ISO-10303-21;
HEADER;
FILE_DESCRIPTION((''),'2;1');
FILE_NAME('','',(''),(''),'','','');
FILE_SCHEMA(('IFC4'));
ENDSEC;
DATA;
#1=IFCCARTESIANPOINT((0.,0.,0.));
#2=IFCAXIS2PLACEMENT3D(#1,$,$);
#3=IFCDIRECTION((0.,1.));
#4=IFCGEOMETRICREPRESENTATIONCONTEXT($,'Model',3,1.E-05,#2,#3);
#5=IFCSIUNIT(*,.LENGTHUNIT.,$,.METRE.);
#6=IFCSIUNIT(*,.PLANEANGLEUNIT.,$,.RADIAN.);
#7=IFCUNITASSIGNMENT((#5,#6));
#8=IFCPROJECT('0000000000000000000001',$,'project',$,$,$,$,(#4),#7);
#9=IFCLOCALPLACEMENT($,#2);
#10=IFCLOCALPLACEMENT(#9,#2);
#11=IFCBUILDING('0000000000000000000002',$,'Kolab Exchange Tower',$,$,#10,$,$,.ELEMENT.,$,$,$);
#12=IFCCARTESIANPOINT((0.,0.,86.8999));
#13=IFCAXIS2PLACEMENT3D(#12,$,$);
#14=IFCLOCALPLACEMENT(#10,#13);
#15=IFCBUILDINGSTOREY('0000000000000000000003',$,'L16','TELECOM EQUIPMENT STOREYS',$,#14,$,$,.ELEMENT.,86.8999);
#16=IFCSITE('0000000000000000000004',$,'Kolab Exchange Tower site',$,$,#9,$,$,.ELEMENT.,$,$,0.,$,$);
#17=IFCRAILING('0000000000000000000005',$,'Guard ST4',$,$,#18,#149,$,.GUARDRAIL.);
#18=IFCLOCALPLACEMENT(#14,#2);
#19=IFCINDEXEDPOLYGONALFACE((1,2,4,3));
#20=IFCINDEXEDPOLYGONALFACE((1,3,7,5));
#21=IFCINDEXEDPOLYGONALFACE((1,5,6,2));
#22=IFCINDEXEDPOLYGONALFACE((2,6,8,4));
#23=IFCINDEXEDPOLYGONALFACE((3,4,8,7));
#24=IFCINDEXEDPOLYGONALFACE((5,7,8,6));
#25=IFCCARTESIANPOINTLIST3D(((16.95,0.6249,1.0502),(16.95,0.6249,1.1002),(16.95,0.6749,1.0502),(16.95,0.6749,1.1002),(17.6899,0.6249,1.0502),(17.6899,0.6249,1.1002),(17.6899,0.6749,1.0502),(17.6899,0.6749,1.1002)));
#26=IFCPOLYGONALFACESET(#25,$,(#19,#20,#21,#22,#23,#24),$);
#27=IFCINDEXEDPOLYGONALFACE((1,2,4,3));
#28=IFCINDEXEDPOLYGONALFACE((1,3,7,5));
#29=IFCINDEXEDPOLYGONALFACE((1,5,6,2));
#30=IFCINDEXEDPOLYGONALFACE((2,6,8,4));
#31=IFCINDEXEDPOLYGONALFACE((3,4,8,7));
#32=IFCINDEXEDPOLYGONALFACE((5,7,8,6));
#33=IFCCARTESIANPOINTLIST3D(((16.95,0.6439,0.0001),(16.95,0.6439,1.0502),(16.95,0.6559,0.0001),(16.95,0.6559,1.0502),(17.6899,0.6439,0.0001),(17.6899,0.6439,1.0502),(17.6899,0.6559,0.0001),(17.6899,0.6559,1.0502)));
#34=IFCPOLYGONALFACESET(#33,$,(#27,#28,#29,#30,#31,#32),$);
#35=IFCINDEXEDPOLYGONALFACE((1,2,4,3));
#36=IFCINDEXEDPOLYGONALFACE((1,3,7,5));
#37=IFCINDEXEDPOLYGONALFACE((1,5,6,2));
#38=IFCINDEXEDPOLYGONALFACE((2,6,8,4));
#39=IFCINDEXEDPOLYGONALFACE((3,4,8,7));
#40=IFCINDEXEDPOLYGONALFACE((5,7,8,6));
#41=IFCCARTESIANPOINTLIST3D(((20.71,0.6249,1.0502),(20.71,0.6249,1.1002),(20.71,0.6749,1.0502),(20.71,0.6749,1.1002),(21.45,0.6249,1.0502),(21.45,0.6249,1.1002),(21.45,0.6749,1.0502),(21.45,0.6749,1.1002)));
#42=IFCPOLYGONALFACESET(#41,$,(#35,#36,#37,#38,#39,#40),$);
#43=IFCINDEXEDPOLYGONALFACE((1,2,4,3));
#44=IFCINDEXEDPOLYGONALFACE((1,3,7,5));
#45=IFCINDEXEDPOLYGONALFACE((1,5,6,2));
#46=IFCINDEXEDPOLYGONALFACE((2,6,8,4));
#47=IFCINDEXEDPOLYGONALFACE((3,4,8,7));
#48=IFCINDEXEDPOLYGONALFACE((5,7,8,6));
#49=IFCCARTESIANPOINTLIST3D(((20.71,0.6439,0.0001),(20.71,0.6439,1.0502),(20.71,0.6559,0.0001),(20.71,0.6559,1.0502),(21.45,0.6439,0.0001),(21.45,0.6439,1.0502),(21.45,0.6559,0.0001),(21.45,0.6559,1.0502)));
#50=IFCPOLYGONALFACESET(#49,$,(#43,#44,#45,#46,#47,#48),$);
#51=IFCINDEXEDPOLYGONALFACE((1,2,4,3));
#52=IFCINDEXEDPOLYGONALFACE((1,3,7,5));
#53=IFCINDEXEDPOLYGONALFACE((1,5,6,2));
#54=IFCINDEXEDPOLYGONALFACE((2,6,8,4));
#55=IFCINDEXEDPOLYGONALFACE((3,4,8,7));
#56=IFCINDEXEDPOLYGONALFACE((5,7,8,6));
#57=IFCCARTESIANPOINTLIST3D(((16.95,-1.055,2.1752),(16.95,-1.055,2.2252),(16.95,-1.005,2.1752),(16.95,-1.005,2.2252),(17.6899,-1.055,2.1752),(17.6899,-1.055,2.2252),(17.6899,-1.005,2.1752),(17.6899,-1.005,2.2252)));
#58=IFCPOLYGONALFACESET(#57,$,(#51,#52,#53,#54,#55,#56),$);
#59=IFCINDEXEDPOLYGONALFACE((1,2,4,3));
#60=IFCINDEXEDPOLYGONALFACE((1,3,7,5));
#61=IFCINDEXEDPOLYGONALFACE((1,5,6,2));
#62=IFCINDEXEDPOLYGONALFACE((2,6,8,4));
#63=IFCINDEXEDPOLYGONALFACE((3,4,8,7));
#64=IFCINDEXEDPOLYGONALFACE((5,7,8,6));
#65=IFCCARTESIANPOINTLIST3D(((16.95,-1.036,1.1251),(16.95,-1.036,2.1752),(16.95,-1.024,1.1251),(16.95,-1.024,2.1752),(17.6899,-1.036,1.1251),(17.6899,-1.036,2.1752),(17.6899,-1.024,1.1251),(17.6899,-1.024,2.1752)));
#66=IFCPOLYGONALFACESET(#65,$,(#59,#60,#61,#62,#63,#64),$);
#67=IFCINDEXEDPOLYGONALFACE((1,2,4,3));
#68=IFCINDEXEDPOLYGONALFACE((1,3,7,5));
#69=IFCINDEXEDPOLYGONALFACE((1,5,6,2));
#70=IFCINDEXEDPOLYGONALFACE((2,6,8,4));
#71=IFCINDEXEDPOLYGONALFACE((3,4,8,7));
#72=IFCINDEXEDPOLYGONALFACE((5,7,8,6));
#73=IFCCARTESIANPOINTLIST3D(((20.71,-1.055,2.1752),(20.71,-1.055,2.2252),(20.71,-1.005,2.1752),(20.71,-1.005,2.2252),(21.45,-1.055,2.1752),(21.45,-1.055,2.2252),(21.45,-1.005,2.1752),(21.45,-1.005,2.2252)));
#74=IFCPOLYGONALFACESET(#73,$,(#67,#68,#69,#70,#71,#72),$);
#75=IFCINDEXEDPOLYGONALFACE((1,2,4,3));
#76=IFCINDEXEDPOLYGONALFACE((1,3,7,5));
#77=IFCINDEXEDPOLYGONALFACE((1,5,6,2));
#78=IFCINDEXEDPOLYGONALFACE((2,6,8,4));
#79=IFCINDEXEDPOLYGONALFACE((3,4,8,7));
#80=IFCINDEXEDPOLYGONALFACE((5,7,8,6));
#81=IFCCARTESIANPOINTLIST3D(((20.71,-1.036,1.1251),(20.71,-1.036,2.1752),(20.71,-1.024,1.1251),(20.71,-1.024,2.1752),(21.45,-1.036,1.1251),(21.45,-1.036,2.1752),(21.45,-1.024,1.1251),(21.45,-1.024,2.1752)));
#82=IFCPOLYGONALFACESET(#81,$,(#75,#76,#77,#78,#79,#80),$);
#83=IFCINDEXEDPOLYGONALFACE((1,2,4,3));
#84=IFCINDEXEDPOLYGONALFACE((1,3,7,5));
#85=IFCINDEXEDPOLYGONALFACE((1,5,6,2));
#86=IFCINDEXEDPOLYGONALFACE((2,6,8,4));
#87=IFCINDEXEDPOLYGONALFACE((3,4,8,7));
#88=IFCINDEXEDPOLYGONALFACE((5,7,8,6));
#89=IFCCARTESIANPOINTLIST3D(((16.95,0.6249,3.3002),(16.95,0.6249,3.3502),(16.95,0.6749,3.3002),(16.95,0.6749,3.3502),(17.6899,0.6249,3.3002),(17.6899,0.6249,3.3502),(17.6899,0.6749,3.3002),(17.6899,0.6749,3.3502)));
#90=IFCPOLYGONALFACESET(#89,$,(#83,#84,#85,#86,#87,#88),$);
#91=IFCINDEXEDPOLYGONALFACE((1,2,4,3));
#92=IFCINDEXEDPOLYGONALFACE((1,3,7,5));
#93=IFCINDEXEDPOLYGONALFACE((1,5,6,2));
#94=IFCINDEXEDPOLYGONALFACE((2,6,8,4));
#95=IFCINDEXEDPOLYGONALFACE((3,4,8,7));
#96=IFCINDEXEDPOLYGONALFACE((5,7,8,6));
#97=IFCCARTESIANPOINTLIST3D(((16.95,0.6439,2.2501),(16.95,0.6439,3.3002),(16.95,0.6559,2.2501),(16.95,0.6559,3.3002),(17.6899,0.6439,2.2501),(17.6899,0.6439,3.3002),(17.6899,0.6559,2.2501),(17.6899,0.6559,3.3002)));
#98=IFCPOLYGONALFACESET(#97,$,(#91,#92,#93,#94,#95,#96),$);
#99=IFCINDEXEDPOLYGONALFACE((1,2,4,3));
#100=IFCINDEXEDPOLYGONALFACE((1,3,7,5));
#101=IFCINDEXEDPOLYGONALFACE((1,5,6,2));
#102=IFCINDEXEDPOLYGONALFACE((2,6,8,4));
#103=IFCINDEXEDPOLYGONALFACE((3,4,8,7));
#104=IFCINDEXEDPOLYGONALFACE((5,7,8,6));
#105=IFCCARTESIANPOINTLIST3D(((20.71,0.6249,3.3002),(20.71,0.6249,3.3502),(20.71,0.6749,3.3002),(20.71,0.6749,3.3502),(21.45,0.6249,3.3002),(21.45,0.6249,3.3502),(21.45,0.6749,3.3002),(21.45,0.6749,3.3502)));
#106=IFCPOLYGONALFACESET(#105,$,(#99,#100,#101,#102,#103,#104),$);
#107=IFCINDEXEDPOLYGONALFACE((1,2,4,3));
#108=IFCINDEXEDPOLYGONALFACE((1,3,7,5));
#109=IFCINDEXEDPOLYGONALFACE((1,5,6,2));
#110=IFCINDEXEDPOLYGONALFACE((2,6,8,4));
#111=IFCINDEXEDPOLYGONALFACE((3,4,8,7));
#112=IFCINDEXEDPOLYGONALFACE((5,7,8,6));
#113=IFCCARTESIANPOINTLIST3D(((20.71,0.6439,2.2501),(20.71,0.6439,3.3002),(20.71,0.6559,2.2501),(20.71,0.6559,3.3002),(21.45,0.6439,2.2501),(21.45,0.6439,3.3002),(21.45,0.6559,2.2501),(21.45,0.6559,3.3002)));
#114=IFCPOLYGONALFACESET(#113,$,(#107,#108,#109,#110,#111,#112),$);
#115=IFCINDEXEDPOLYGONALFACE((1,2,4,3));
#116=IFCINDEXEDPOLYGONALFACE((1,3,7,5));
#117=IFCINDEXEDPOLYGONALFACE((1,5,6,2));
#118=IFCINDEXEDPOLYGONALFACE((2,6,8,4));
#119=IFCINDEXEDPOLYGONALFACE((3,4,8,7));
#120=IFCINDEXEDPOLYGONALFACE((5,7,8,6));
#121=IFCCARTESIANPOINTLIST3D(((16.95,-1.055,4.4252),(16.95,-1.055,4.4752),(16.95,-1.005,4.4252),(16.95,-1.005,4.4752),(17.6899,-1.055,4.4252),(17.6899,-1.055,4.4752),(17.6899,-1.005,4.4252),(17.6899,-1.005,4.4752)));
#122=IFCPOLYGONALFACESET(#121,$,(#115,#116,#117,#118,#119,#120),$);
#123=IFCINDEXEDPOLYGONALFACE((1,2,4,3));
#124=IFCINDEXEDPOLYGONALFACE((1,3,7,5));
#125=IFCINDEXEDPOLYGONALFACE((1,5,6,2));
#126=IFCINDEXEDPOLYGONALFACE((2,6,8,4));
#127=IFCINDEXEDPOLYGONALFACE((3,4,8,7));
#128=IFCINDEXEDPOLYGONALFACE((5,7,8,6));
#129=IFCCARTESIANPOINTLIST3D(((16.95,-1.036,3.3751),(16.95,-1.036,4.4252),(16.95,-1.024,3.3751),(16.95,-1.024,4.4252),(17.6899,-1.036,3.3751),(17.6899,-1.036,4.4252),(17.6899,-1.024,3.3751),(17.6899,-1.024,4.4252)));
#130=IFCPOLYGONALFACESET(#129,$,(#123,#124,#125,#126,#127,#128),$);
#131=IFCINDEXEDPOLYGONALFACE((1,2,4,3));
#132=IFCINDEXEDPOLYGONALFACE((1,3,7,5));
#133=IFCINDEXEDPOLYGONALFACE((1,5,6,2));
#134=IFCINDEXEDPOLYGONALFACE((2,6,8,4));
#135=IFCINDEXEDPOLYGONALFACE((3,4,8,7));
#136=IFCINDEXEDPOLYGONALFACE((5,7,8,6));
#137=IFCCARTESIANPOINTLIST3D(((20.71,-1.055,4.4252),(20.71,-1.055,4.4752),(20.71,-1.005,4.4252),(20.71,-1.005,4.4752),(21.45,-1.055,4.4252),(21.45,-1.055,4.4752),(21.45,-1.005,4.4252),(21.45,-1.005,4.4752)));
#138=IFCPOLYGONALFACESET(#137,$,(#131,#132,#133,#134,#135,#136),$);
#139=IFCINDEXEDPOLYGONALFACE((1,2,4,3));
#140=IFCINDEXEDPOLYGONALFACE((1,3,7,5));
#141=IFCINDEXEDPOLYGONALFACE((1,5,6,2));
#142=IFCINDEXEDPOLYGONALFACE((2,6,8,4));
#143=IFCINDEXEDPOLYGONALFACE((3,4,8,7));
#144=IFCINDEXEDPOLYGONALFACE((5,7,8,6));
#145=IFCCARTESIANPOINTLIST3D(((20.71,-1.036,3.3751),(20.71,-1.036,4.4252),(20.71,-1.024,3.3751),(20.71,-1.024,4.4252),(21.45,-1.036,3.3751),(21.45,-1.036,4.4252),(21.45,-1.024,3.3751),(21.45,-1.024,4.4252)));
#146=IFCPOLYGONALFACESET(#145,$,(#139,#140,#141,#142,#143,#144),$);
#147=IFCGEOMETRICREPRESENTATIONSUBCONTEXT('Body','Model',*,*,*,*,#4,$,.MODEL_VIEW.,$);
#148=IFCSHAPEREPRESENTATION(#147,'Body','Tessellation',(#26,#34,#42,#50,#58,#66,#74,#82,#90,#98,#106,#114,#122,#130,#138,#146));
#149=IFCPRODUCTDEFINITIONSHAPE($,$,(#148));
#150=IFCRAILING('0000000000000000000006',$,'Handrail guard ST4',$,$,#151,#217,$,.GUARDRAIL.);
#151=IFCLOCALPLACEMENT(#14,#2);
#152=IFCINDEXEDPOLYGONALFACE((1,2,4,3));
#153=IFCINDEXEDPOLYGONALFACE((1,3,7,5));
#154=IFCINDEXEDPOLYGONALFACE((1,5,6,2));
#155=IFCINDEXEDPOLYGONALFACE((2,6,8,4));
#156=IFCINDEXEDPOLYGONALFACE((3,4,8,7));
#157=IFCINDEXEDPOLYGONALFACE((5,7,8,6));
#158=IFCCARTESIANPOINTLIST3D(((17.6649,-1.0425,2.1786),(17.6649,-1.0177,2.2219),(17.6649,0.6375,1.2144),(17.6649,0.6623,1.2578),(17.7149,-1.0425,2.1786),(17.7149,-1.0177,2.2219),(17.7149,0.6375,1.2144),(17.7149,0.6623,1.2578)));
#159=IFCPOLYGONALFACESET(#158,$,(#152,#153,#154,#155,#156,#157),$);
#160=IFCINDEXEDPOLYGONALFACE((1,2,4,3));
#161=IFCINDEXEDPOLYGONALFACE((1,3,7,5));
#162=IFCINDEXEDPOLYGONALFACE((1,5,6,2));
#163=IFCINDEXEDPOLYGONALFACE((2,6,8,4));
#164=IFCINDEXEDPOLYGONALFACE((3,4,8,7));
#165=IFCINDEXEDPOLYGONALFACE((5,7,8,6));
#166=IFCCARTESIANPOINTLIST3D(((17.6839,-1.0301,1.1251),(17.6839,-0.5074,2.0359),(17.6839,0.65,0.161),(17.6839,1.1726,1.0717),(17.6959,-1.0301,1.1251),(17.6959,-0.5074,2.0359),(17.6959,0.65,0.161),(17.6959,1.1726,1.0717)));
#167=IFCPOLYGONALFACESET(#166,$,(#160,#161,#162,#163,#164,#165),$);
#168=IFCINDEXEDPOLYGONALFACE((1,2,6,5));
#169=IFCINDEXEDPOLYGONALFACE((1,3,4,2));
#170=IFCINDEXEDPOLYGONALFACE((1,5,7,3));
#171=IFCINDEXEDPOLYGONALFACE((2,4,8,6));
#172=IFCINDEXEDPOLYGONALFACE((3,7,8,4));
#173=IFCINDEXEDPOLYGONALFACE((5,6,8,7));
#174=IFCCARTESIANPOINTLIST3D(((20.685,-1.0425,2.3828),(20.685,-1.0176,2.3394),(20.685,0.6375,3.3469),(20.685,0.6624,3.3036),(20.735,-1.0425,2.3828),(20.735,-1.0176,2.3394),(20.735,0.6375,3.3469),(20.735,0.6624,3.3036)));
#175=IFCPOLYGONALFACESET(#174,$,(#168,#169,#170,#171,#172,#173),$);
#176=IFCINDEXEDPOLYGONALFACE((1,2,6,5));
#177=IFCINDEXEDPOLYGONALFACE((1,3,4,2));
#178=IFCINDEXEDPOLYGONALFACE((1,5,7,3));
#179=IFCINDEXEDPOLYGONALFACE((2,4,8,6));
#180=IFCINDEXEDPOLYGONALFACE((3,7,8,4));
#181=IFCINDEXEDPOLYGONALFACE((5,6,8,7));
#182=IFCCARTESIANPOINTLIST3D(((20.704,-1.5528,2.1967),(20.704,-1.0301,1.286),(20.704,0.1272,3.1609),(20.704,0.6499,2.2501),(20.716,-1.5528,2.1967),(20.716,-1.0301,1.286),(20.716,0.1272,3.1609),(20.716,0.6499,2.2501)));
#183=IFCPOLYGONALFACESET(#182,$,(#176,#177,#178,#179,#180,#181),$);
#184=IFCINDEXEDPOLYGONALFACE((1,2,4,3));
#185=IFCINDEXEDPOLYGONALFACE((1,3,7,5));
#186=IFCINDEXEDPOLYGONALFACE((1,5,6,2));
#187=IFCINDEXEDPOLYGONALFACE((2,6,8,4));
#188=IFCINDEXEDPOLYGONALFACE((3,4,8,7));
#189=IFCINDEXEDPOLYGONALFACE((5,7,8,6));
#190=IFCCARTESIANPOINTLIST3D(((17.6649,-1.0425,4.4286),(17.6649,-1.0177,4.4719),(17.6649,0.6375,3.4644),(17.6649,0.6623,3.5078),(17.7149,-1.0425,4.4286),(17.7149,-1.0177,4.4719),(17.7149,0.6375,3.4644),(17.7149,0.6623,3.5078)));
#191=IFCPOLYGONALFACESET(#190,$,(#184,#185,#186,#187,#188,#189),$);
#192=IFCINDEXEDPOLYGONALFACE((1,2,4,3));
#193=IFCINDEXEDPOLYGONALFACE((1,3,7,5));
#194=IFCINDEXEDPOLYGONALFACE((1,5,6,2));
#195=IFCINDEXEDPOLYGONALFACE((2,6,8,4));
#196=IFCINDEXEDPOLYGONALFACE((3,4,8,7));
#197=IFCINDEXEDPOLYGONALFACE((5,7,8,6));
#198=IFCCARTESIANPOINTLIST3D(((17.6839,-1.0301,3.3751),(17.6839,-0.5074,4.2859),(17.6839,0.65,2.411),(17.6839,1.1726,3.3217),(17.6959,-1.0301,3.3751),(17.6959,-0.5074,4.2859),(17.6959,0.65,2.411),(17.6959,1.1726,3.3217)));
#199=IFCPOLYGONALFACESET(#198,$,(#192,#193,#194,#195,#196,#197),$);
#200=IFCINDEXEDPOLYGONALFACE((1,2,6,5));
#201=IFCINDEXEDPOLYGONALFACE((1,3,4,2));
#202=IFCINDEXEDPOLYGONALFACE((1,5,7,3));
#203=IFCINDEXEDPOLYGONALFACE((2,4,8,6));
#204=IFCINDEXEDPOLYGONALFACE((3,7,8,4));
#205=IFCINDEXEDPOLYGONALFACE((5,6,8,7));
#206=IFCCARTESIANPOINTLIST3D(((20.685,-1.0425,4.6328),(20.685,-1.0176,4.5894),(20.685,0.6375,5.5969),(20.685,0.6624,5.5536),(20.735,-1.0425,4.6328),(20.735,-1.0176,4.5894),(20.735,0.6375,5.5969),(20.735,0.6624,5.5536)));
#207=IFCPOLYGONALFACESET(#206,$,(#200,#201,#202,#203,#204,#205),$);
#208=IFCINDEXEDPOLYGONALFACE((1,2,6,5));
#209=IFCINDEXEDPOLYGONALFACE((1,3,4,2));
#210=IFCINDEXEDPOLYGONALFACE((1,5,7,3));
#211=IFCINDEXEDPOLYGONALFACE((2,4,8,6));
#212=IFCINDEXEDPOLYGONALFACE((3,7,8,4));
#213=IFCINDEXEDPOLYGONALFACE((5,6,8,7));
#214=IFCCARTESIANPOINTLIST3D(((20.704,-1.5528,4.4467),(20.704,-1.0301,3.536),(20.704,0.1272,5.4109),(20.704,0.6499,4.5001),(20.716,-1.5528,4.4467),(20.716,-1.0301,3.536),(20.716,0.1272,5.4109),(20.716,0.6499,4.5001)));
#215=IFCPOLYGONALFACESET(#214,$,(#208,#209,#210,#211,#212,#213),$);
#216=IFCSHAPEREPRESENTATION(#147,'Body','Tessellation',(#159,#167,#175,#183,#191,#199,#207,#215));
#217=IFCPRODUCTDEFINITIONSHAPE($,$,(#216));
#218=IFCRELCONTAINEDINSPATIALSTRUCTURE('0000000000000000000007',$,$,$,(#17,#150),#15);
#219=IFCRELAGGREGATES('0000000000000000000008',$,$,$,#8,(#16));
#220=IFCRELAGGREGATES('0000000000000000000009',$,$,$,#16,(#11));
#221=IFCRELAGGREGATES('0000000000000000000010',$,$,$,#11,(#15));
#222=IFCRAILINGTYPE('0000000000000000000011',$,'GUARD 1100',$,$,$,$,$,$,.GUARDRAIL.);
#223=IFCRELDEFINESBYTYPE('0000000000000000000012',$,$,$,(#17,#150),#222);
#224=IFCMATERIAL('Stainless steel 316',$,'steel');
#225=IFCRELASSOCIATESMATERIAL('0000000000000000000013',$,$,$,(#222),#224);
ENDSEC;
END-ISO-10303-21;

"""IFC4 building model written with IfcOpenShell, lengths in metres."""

from ifc_helpers import new_model, si_unit, direction, frame, frame_2d, origin, origin_2d, place, context, subcontext, project, spatial, rectangle, extrude, material, type_object, element, save


model = new_model("IFC4")

# Units and contexts
model_context = context("Model", 3, precision=1e-05, world=origin(), true_north=direction((0.0, 1.0)))
body_context = subcontext(model_context, "Body", "Model", "MODEL_VIEW")
ifc_project = project(units=[si_unit("LENGTHUNIT", "METRE"), si_unit("PLANEANGLEUNIT", "RADIAN")], contexts=[model_context])

# Site, building, storey
site_placement = place(None, origin())
site = spatial("IfcSite", under=ifc_project, at=site_placement, Name="Kolab Exchange Tower site", CompositionType="ELEMENT", RefElevation=0.0)
building_placement = place(site_placement, origin())
building = spatial("IfcBuilding", under=site, at=building_placement, Name="Kolab Exchange Tower", CompositionType="ELEMENT")
storey_placement = place(building_placement, frame((0.0, 0.0, 86.8999)))
storey = spatial("IfcBuildingStorey", under=building, at=storey_placement, Name="L16", Description="TELECOM EQUIPMENT STOREYS", CompositionType="ELEMENT", Elevation=86.8999)

# Railings
ifc_material_1 = material(Name="Stainless steel 316", Category="steel")
railing_type = type_object("IfcRailingType", Name="GUARD 1100", PredefinedType="GUARDRAIL", material=ifc_material_1)
railing_1_placement = place(storey_placement, frame((16.95, 0.6499, 0.0)))
element("IfcRailing", 1, at=railing_1_placement, inside=storey, type_object=railing_type, Name="Guard ST4", PredefinedType="GUARDRAIL", context=body_context, shape_type="SweptSolid", body=[
    extrude(rectangle(XDim=0.05, YDim=0.05, at=origin_2d()), frame((0.0, 0.0, 1.0752), z_axis=(1.0, 0.0, 0.0), x_axis=(0.0, 1.0, 0.0)), (0.0, 0.0, 1.0), 0.74),
    extrude(rectangle(XDim=0.012, YDim=1.0501, at=frame_2d((0.0, 0.5251))), frame((0.0, 0.0, 0.0), z_axis=(1.0, 0.0, 0.0), x_axis=(0.0, 1.0, 0.0)), (0.0, 0.0, 1.0), 0.74),
    extrude(rectangle(XDim=0.05, YDim=0.05, at=origin_2d()), frame((3.76, 0.0, 1.0752), z_axis=(1.0, 0.0, 0.0), x_axis=(0.0, 1.0, 0.0)), (0.0, 0.0, 1.0), 0.74),
    extrude(rectangle(XDim=0.012, YDim=1.0501, at=frame_2d((0.0, 0.5251))), frame((3.76, 0.0, 0.0), z_axis=(1.0, 0.0, 0.0), x_axis=(0.0, 1.0, 0.0)), (0.0, 0.0, 1.0), 0.74),
    extrude(rectangle(XDim=0.05, YDim=0.05, at=origin_2d()), frame((0.0, -1.6799, 2.2002), z_axis=(1.0, 0.0, 0.0), x_axis=(0.0, 1.0, 0.0)), (0.0, 0.0, 1.0), 0.74),
    extrude(rectangle(XDim=0.012, YDim=1.0501, at=frame_2d((0.0, 0.5251))), frame((0.0, -1.6799, 1.125), z_axis=(1.0, 0.0, 0.0), x_axis=(0.0, 1.0, 0.0)), (0.0, 0.0, 1.0), 0.74),
    extrude(rectangle(XDim=0.05, YDim=0.05, at=origin_2d()), frame((3.76, -1.6799, 2.2002), z_axis=(1.0, 0.0, 0.0), x_axis=(0.0, 1.0, 0.0)), (0.0, 0.0, 1.0), 0.74),
    extrude(rectangle(XDim=0.012, YDim=1.0501, at=frame_2d((0.0, 0.5251))), frame((3.76, -1.6799, 1.125), z_axis=(1.0, 0.0, 0.0), x_axis=(0.0, 1.0, 0.0)), (0.0, 0.0, 1.0), 0.74),
    extrude(rectangle(XDim=0.05, YDim=0.05, at=origin_2d()), frame((0.0, 0.0, 3.3252), z_axis=(1.0, 0.0, 0.0), x_axis=(0.0, 1.0, 0.0)), (0.0, 0.0, 1.0), 0.74),
    extrude(rectangle(XDim=0.012, YDim=1.0501, at=frame_2d((0.0, 0.5251))), frame((0.0, 0.0, 2.25), z_axis=(1.0, 0.0, 0.0), x_axis=(0.0, 1.0, 0.0)), (0.0, 0.0, 1.0), 0.74),
    extrude(rectangle(XDim=0.05, YDim=0.05, at=origin_2d()), frame((3.76, 0.0, 3.3252), z_axis=(1.0, 0.0, 0.0), x_axis=(0.0, 1.0, 0.0)), (0.0, 0.0, 1.0), 0.74),
    extrude(rectangle(XDim=0.012, YDim=1.0501, at=frame_2d((0.0, 0.5251))), frame((3.76, 0.0, 2.25), z_axis=(1.0, 0.0, 0.0), x_axis=(0.0, 1.0, 0.0)), (0.0, 0.0, 1.0), 0.74),
    extrude(rectangle(XDim=0.05, YDim=0.05, at=origin_2d()), frame((0.0, -1.6799, 4.4502), z_axis=(1.0, 0.0, 0.0), x_axis=(0.0, 1.0, 0.0)), (0.0, 0.0, 1.0), 0.74),
    extrude(rectangle(XDim=0.012, YDim=1.0501, at=frame_2d((0.0, 0.5251))), frame((0.0, -1.6799, 3.375), z_axis=(1.0, 0.0, 0.0), x_axis=(0.0, 1.0, 0.0)), (0.0, 0.0, 1.0), 0.74),
    extrude(rectangle(XDim=0.05, YDim=0.05, at=origin_2d()), frame((3.76, -1.6799, 4.4502), z_axis=(1.0, 0.0, 0.0), x_axis=(0.0, 1.0, 0.0)), (0.0, 0.0, 1.0), 0.74),
    extrude(rectangle(XDim=0.012, YDim=1.0501, at=frame_2d((0.0, 0.5251))), frame((3.76, -1.6799, 3.375), z_axis=(1.0, 0.0, 0.0), x_axis=(0.0, 1.0, 0.0)), (0.0, 0.0, 1.0), 0.74),
])
railing_2_placement = place(storey_placement, frame((17.6899, 0.6499, 0.1609)))
element("IfcRailing", 2, at=railing_2_placement, inside=storey, type_object=railing_type, Name="Handrail guard ST4", PredefinedType="GUARDRAIL", context=body_context, shape_type="SweptSolid", body=[
    extrude(rectangle(XDim=0.05, YDim=0.05, at=origin_2d()), frame((0.0, 0.0, 1.0752), z_axis=(0.0, -0.867319, 0.497753), x_axis=(1.0, 0.0, 0.0)), (0.0, 0.0, 1.0), 1.937),
    extrude(rectangle(XDim=0.012, YDim=1.0501, at=frame_2d((0.0, 0.5251))), frame((0.0, 0.0, 0.0), z_axis=(0.0, -0.867319, 0.497753), x_axis=(1.0, 0.0, 0.0)), (0.0, 0.0, 1.0), 1.937),
    extrude(rectangle(XDim=0.05, YDim=0.05, at=origin_2d()), frame((3.02, -1.6799, 2.2002), z_axis=(0.0, 0.867319, 0.497753), x_axis=(-1.0, 0.0, 0.0)), (0.0, 0.0, 1.0), 1.937),
    extrude(rectangle(XDim=0.012, YDim=1.0501, at=frame_2d((0.0, 0.5251))), frame((3.02, -1.6799, 1.125), z_axis=(0.0, 0.867319, 0.497753), x_axis=(-1.0, 0.0, 0.0)), (0.0, 0.0, 1.0), 1.937),
    extrude(rectangle(XDim=0.05, YDim=0.05, at=origin_2d()), frame((0.0, 0.0, 3.3252), z_axis=(0.0, -0.867319, 0.497753), x_axis=(1.0, 0.0, 0.0)), (0.0, 0.0, 1.0), 1.937),
    extrude(rectangle(XDim=0.012, YDim=1.0501, at=frame_2d((0.0, 0.5251))), frame((0.0, 0.0, 2.25), z_axis=(0.0, -0.867319, 0.497753), x_axis=(1.0, 0.0, 0.0)), (0.0, 0.0, 1.0), 1.937),
    extrude(rectangle(XDim=0.05, YDim=0.05, at=origin_2d()), frame((3.02, -1.6799, 4.4502), z_axis=(0.0, 0.867319, 0.497753), x_axis=(-1.0, 0.0, 0.0)), (0.0, 0.0, 1.0), 1.937),
    extrude(rectangle(XDim=0.012, YDim=1.0501, at=frame_2d((0.0, 0.5251))), frame((3.02, -1.6799, 3.375), z_axis=(0.0, 0.867319, 0.497753), x_axis=(-1.0, 0.0, 0.0)), (0.0, 0.0, 1.0), 1.937),
])

save(model, "model.ifc")
